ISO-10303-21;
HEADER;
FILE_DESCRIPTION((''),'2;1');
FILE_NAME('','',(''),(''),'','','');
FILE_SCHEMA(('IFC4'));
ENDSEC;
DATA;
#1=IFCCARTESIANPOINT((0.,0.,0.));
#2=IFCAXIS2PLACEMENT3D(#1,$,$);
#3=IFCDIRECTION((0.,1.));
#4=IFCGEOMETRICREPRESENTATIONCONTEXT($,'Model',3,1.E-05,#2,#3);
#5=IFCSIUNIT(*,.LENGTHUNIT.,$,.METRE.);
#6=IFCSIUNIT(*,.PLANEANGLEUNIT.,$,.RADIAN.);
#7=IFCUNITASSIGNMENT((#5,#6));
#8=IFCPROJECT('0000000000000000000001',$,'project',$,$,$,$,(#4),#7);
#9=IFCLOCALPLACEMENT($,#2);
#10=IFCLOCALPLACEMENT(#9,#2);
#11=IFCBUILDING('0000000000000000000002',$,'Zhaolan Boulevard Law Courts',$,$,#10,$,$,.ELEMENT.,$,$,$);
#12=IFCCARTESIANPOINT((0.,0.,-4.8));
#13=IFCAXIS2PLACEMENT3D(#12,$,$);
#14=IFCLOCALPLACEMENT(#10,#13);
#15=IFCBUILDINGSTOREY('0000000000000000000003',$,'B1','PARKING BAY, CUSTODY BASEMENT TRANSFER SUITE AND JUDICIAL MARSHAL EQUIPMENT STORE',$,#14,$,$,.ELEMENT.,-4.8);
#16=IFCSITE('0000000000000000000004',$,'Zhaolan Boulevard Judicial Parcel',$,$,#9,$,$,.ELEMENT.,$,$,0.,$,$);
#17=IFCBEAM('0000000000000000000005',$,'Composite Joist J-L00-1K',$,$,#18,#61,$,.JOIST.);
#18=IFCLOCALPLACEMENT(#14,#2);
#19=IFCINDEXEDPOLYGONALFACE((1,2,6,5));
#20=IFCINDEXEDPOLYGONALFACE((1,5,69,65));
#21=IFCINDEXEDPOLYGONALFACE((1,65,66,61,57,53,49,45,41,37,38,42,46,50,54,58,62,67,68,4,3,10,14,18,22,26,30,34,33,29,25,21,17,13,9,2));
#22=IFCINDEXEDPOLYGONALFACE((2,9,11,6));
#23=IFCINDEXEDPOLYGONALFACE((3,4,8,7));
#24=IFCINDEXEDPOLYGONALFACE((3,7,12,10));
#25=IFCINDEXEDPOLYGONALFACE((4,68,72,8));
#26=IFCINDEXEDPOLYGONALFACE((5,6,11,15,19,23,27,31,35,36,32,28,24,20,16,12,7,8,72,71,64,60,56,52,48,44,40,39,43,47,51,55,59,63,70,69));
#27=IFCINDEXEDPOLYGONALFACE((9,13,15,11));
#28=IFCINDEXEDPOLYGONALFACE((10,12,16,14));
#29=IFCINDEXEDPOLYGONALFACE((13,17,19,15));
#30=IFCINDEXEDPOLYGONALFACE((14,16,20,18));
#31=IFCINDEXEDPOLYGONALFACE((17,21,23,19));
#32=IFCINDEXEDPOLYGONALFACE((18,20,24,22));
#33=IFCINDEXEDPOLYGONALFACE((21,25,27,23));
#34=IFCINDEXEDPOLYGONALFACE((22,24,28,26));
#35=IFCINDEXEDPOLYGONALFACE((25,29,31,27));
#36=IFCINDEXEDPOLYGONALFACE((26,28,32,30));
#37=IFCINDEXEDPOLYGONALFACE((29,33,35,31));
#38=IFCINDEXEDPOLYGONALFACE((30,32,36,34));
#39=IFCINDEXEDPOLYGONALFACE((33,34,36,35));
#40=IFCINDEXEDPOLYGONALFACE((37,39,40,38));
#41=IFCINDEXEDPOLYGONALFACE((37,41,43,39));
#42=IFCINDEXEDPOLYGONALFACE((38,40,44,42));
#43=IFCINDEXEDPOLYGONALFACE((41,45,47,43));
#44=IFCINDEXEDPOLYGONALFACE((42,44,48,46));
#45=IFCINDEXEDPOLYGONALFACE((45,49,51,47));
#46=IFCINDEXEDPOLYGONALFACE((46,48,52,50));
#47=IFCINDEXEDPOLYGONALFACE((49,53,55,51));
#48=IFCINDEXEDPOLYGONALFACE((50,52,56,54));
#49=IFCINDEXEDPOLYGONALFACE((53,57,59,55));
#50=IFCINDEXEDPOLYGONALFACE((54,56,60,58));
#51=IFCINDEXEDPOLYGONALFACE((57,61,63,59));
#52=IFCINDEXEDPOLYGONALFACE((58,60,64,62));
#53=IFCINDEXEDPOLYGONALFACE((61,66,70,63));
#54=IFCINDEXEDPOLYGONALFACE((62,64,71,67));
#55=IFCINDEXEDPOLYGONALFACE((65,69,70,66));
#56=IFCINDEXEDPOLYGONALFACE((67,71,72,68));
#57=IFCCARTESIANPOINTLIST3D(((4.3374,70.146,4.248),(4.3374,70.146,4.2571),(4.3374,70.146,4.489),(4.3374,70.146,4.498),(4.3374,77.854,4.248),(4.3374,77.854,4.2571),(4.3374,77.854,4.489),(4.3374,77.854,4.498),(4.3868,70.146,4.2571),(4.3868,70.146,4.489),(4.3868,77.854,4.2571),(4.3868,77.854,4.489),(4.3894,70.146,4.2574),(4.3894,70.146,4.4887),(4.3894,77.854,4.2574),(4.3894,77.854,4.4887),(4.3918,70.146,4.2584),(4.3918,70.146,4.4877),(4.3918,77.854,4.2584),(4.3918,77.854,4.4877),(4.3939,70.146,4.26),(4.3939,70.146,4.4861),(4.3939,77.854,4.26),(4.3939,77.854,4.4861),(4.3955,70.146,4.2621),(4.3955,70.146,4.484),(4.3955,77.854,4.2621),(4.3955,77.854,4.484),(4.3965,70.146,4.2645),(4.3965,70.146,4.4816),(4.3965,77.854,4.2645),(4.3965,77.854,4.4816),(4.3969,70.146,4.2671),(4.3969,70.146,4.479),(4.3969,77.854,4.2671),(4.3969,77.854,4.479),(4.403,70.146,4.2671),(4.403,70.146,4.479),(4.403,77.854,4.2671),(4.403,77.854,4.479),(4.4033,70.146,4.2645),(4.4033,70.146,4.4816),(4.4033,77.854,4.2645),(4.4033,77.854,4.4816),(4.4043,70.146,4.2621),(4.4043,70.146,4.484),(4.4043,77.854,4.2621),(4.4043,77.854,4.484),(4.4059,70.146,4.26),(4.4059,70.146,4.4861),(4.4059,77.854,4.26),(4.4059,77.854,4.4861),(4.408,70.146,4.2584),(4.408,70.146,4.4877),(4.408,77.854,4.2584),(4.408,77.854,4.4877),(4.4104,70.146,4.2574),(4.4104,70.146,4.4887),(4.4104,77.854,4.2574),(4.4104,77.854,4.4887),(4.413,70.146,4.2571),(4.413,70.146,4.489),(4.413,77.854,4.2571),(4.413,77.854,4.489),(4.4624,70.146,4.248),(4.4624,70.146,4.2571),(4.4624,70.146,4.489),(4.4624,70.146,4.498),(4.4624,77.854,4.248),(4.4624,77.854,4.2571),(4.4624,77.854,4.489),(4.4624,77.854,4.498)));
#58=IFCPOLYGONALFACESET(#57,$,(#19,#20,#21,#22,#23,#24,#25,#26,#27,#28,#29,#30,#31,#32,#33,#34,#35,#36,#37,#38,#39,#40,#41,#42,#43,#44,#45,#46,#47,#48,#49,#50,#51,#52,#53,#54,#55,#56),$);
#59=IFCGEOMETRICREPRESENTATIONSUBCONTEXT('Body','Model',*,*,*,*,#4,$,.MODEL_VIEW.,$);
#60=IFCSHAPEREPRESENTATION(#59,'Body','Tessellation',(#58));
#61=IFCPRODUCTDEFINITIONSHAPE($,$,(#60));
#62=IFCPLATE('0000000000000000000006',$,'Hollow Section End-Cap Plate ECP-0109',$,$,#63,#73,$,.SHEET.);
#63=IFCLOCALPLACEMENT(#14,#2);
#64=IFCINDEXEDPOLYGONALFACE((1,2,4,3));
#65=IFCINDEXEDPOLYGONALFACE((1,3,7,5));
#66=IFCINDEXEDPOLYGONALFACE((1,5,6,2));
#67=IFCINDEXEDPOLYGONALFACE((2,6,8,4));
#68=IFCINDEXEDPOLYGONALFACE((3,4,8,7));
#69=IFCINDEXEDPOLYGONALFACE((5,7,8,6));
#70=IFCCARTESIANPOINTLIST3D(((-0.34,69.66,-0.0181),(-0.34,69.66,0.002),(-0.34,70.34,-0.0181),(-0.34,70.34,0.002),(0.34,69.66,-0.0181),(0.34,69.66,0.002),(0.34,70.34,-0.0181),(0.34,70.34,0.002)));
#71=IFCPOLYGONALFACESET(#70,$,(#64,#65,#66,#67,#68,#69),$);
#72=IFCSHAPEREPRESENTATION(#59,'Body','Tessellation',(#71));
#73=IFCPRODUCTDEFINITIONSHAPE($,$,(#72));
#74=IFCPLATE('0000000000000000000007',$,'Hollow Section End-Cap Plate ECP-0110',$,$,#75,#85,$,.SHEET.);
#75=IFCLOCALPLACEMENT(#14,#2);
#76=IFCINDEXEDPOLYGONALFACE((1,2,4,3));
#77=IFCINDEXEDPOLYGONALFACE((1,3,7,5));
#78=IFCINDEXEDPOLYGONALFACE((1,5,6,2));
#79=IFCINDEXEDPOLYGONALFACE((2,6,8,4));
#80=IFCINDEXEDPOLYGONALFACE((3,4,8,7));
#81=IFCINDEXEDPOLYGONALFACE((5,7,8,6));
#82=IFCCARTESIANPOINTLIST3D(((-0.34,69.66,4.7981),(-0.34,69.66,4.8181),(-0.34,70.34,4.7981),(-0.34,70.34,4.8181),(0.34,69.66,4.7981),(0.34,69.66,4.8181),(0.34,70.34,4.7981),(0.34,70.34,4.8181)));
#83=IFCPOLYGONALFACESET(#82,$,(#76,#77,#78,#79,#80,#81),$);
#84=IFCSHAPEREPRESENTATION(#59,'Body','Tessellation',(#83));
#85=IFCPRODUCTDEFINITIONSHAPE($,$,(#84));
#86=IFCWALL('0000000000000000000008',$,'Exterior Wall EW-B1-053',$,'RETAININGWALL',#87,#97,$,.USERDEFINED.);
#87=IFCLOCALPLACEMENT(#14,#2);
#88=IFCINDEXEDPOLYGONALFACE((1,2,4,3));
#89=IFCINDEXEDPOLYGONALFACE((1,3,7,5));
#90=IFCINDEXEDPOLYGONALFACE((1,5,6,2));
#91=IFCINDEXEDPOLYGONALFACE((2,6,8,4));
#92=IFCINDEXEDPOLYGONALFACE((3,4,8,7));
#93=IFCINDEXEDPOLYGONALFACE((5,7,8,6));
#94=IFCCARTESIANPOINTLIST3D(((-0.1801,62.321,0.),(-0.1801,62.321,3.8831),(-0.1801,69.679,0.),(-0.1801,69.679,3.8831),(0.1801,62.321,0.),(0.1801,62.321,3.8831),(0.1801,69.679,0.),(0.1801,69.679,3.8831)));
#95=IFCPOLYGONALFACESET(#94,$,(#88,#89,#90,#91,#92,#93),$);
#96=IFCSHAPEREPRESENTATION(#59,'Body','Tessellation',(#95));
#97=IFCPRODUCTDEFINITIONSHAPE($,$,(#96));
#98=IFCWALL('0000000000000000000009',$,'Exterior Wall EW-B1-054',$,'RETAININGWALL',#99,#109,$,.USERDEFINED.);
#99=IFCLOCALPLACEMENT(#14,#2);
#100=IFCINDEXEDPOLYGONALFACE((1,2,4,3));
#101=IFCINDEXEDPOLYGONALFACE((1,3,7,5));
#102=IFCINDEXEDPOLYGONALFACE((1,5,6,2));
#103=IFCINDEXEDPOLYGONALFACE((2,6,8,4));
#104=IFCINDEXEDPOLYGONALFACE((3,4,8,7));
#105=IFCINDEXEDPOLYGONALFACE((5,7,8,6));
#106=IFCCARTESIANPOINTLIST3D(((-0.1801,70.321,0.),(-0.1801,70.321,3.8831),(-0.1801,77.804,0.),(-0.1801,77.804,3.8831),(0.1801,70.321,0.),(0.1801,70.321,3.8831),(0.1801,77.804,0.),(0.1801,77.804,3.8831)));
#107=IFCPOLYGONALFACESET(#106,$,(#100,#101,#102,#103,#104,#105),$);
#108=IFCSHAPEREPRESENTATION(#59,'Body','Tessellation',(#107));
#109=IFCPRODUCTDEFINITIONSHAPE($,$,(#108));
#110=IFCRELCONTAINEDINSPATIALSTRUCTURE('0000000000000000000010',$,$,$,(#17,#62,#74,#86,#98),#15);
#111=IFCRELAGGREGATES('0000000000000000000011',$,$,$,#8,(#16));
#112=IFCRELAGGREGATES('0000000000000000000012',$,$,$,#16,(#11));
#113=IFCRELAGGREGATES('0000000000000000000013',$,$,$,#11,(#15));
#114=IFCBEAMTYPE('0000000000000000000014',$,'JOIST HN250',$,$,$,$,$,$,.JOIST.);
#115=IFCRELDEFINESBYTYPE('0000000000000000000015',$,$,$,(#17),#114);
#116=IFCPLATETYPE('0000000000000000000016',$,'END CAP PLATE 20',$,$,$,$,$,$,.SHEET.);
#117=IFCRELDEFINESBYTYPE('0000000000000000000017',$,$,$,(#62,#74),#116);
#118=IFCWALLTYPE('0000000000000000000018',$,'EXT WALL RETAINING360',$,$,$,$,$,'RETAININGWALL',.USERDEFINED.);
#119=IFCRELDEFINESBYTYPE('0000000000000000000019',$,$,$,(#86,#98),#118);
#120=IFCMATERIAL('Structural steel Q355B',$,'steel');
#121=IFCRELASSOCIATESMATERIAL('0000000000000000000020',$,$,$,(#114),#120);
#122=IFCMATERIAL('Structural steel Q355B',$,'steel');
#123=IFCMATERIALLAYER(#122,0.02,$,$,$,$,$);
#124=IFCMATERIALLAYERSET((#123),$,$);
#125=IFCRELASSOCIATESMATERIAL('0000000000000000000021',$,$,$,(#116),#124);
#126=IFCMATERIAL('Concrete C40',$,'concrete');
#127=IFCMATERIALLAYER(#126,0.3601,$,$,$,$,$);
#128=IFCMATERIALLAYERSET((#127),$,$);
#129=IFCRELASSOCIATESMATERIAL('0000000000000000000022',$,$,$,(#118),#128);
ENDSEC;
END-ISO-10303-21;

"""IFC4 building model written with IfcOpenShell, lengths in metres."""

from ifc_helpers import new_model, si_unit, direction, frame, frame_2d, origin, origin_2d, place, context, subcontext, project, spatial, rectangle, i_section, extrude, material, layer, layer_set, material_profile, profile_set, type_object, element, save


model = new_model("IFC4")

# Units and contexts
model_context = context("Model", 3, precision=1e-05, world=origin(), true_north=direction((0.0, 1.0)))
body_context = subcontext(model_context, "Body", "Model", "MODEL_VIEW")
ifc_project = project(units=[si_unit("LENGTHUNIT", "METRE"), si_unit("PLANEANGLEUNIT", "RADIAN")], contexts=[model_context])

# Site, building, storey
site_placement = place(None, origin())
site = spatial("IfcSite", under=ifc_project, at=site_placement, Name="Zhaolan Boulevard Judicial Parcel", CompositionType="ELEMENT", RefElevation=0.0)
building_placement = place(site_placement, origin())
building = spatial("IfcBuilding", under=site, at=building_placement, Name="Zhaolan Boulevard Law Courts", CompositionType="ELEMENT")
storey_placement = place(building_placement, frame((0.0, 0.0, -4.8)))
storey = spatial("IfcBuildingStorey", under=building, at=storey_placement, Name="B1", Description="PARKING BAY, CUSTODY BASEMENT TRANSFER SUITE AND JUDICIAL MARSHAL EQUIPMENT STORE", CompositionType="ELEMENT", Elevation=-4.8)

# Beam
ifc_material_1 = material(Name="Structural steel Q355B", Category="steel")
ifc_material_profile_1 = material_profile(ifc_material_1, i_section(OverallWidth=0.125, OverallDepth=0.25, WebThickness=0.0061, FlangeThickness=0.009, FilletRadius=0.01, at=origin_2d()), Name="HN250x125")
ifc_profile_set_1 = profile_set([ifc_material_profile_1], Name="Structural steel Q355B")
beam_type_1 = type_object("IfcBeamType", Name="JOIST HN250", PredefinedType="JOIST", material=ifc_profile_set_1)
beam_1_placement = place(storey_placement, frame((4.3999, 70.146, 4.373), z_axis=(0.0, 1.0, 0.0), x_axis=(-1.0, 0.0, 0.0)))
element("IfcBeam", 1, at=beam_1_placement, inside=storey, type_object=beam_type_1, Name="Composite Joist J-L00-1K", PredefinedType="JOIST", context=body_context, shape_type="SweptSolid", body=[
    extrude(i_section(OverallWidth=0.125, OverallDepth=0.25, WebThickness=0.0061, FlangeThickness=0.009, FilletRadius=0.01, at=origin_2d()), origin(), (0.0, 0.0, 1.0), 7.708),
])

# Plates
ifc_material_2 = material(Name="Structural steel Q355B", Category="steel")
ifc_layer_1 = layer(ifc_material_2, 0.02)
ifc_layer_set_1 = layer_set([ifc_layer_1])
plate_type = type_object("IfcPlateType", Name="END CAP PLATE 20", PredefinedType="SHEET", material=ifc_layer_set_1)
for number, where, z_axis, x_axis, name in (
    (2, (0.0, 70.0, -0.0181), (0.0, 0.0, 1.0), (1.0, 0.0, 0.0), "Hollow Section End-Cap Plate ECP-0109"),
    (3, (0.0, 70.0, 4.7981), (0.0, 0.0, 1.0), (1.0, 0.0, 0.0), "Hollow Section End-Cap Plate ECP-0110"),
):
    element("IfcPlate", number, at=place(storey_placement, frame(where, z_axis=z_axis, x_axis=x_axis)), inside=storey, type_object=plate_type, Name=name, PredefinedType="SHEET", context=body_context, shape_type="SweptSolid", body=[
        extrude(rectangle(XDim=0.6799, YDim=0.6799, at=origin_2d()), origin(), (0.0, 0.0, 1.0), 0.02),
    ])

# Walls
ifc_material_3 = material(Name="Concrete C40", Category="concrete")
ifc_layer_2 = layer(ifc_material_3, 0.3601)
ifc_layer_set_2 = layer_set([ifc_layer_2])
wall_type = type_object("IfcWallType", Name="EXT WALL RETAINING360", ElementType="RETAININGWALL", PredefinedType="USERDEFINED", material=ifc_layer_set_2)
wall_1_placement = place(storey_placement, frame((0.0, 69.679, 0.0), z_axis=(0.0, 0.0, 1.0), x_axis=(0.0, -1.0, 0.0)))
element("IfcWall", 4, at=wall_1_placement, inside=storey, type_object=wall_type, Name="Exterior Wall EW-B1-053", ObjectType="RETAININGWALL", PredefinedType="USERDEFINED", context=body_context, shape_type="SweptSolid", body=[
    extrude(rectangle(XDim=7.3579, YDim=0.3601, at=frame_2d((3.679, 0.0))), origin(), (0.0, 0.0, 1.0), 3.8831),
])
wall_2_placement = place(storey_placement, frame((0.0, 77.804, 0.0), z_axis=(0.0, 0.0, 1.0), x_axis=(0.0, -1.0, 0.0)))
element("IfcWall", 5, at=wall_2_placement, inside=storey, type_object=wall_type, Name="Exterior Wall EW-B1-054", ObjectType="RETAININGWALL", PredefinedType="USERDEFINED", context=body_context, shape_type="SweptSolid", body=[
    extrude(rectangle(XDim=7.4829, YDim=0.3601, at=frame_2d((3.7415, 0.0))), origin(), (0.0, 0.0, 1.0), 3.8831),
])

save(model, "model.ifc")
